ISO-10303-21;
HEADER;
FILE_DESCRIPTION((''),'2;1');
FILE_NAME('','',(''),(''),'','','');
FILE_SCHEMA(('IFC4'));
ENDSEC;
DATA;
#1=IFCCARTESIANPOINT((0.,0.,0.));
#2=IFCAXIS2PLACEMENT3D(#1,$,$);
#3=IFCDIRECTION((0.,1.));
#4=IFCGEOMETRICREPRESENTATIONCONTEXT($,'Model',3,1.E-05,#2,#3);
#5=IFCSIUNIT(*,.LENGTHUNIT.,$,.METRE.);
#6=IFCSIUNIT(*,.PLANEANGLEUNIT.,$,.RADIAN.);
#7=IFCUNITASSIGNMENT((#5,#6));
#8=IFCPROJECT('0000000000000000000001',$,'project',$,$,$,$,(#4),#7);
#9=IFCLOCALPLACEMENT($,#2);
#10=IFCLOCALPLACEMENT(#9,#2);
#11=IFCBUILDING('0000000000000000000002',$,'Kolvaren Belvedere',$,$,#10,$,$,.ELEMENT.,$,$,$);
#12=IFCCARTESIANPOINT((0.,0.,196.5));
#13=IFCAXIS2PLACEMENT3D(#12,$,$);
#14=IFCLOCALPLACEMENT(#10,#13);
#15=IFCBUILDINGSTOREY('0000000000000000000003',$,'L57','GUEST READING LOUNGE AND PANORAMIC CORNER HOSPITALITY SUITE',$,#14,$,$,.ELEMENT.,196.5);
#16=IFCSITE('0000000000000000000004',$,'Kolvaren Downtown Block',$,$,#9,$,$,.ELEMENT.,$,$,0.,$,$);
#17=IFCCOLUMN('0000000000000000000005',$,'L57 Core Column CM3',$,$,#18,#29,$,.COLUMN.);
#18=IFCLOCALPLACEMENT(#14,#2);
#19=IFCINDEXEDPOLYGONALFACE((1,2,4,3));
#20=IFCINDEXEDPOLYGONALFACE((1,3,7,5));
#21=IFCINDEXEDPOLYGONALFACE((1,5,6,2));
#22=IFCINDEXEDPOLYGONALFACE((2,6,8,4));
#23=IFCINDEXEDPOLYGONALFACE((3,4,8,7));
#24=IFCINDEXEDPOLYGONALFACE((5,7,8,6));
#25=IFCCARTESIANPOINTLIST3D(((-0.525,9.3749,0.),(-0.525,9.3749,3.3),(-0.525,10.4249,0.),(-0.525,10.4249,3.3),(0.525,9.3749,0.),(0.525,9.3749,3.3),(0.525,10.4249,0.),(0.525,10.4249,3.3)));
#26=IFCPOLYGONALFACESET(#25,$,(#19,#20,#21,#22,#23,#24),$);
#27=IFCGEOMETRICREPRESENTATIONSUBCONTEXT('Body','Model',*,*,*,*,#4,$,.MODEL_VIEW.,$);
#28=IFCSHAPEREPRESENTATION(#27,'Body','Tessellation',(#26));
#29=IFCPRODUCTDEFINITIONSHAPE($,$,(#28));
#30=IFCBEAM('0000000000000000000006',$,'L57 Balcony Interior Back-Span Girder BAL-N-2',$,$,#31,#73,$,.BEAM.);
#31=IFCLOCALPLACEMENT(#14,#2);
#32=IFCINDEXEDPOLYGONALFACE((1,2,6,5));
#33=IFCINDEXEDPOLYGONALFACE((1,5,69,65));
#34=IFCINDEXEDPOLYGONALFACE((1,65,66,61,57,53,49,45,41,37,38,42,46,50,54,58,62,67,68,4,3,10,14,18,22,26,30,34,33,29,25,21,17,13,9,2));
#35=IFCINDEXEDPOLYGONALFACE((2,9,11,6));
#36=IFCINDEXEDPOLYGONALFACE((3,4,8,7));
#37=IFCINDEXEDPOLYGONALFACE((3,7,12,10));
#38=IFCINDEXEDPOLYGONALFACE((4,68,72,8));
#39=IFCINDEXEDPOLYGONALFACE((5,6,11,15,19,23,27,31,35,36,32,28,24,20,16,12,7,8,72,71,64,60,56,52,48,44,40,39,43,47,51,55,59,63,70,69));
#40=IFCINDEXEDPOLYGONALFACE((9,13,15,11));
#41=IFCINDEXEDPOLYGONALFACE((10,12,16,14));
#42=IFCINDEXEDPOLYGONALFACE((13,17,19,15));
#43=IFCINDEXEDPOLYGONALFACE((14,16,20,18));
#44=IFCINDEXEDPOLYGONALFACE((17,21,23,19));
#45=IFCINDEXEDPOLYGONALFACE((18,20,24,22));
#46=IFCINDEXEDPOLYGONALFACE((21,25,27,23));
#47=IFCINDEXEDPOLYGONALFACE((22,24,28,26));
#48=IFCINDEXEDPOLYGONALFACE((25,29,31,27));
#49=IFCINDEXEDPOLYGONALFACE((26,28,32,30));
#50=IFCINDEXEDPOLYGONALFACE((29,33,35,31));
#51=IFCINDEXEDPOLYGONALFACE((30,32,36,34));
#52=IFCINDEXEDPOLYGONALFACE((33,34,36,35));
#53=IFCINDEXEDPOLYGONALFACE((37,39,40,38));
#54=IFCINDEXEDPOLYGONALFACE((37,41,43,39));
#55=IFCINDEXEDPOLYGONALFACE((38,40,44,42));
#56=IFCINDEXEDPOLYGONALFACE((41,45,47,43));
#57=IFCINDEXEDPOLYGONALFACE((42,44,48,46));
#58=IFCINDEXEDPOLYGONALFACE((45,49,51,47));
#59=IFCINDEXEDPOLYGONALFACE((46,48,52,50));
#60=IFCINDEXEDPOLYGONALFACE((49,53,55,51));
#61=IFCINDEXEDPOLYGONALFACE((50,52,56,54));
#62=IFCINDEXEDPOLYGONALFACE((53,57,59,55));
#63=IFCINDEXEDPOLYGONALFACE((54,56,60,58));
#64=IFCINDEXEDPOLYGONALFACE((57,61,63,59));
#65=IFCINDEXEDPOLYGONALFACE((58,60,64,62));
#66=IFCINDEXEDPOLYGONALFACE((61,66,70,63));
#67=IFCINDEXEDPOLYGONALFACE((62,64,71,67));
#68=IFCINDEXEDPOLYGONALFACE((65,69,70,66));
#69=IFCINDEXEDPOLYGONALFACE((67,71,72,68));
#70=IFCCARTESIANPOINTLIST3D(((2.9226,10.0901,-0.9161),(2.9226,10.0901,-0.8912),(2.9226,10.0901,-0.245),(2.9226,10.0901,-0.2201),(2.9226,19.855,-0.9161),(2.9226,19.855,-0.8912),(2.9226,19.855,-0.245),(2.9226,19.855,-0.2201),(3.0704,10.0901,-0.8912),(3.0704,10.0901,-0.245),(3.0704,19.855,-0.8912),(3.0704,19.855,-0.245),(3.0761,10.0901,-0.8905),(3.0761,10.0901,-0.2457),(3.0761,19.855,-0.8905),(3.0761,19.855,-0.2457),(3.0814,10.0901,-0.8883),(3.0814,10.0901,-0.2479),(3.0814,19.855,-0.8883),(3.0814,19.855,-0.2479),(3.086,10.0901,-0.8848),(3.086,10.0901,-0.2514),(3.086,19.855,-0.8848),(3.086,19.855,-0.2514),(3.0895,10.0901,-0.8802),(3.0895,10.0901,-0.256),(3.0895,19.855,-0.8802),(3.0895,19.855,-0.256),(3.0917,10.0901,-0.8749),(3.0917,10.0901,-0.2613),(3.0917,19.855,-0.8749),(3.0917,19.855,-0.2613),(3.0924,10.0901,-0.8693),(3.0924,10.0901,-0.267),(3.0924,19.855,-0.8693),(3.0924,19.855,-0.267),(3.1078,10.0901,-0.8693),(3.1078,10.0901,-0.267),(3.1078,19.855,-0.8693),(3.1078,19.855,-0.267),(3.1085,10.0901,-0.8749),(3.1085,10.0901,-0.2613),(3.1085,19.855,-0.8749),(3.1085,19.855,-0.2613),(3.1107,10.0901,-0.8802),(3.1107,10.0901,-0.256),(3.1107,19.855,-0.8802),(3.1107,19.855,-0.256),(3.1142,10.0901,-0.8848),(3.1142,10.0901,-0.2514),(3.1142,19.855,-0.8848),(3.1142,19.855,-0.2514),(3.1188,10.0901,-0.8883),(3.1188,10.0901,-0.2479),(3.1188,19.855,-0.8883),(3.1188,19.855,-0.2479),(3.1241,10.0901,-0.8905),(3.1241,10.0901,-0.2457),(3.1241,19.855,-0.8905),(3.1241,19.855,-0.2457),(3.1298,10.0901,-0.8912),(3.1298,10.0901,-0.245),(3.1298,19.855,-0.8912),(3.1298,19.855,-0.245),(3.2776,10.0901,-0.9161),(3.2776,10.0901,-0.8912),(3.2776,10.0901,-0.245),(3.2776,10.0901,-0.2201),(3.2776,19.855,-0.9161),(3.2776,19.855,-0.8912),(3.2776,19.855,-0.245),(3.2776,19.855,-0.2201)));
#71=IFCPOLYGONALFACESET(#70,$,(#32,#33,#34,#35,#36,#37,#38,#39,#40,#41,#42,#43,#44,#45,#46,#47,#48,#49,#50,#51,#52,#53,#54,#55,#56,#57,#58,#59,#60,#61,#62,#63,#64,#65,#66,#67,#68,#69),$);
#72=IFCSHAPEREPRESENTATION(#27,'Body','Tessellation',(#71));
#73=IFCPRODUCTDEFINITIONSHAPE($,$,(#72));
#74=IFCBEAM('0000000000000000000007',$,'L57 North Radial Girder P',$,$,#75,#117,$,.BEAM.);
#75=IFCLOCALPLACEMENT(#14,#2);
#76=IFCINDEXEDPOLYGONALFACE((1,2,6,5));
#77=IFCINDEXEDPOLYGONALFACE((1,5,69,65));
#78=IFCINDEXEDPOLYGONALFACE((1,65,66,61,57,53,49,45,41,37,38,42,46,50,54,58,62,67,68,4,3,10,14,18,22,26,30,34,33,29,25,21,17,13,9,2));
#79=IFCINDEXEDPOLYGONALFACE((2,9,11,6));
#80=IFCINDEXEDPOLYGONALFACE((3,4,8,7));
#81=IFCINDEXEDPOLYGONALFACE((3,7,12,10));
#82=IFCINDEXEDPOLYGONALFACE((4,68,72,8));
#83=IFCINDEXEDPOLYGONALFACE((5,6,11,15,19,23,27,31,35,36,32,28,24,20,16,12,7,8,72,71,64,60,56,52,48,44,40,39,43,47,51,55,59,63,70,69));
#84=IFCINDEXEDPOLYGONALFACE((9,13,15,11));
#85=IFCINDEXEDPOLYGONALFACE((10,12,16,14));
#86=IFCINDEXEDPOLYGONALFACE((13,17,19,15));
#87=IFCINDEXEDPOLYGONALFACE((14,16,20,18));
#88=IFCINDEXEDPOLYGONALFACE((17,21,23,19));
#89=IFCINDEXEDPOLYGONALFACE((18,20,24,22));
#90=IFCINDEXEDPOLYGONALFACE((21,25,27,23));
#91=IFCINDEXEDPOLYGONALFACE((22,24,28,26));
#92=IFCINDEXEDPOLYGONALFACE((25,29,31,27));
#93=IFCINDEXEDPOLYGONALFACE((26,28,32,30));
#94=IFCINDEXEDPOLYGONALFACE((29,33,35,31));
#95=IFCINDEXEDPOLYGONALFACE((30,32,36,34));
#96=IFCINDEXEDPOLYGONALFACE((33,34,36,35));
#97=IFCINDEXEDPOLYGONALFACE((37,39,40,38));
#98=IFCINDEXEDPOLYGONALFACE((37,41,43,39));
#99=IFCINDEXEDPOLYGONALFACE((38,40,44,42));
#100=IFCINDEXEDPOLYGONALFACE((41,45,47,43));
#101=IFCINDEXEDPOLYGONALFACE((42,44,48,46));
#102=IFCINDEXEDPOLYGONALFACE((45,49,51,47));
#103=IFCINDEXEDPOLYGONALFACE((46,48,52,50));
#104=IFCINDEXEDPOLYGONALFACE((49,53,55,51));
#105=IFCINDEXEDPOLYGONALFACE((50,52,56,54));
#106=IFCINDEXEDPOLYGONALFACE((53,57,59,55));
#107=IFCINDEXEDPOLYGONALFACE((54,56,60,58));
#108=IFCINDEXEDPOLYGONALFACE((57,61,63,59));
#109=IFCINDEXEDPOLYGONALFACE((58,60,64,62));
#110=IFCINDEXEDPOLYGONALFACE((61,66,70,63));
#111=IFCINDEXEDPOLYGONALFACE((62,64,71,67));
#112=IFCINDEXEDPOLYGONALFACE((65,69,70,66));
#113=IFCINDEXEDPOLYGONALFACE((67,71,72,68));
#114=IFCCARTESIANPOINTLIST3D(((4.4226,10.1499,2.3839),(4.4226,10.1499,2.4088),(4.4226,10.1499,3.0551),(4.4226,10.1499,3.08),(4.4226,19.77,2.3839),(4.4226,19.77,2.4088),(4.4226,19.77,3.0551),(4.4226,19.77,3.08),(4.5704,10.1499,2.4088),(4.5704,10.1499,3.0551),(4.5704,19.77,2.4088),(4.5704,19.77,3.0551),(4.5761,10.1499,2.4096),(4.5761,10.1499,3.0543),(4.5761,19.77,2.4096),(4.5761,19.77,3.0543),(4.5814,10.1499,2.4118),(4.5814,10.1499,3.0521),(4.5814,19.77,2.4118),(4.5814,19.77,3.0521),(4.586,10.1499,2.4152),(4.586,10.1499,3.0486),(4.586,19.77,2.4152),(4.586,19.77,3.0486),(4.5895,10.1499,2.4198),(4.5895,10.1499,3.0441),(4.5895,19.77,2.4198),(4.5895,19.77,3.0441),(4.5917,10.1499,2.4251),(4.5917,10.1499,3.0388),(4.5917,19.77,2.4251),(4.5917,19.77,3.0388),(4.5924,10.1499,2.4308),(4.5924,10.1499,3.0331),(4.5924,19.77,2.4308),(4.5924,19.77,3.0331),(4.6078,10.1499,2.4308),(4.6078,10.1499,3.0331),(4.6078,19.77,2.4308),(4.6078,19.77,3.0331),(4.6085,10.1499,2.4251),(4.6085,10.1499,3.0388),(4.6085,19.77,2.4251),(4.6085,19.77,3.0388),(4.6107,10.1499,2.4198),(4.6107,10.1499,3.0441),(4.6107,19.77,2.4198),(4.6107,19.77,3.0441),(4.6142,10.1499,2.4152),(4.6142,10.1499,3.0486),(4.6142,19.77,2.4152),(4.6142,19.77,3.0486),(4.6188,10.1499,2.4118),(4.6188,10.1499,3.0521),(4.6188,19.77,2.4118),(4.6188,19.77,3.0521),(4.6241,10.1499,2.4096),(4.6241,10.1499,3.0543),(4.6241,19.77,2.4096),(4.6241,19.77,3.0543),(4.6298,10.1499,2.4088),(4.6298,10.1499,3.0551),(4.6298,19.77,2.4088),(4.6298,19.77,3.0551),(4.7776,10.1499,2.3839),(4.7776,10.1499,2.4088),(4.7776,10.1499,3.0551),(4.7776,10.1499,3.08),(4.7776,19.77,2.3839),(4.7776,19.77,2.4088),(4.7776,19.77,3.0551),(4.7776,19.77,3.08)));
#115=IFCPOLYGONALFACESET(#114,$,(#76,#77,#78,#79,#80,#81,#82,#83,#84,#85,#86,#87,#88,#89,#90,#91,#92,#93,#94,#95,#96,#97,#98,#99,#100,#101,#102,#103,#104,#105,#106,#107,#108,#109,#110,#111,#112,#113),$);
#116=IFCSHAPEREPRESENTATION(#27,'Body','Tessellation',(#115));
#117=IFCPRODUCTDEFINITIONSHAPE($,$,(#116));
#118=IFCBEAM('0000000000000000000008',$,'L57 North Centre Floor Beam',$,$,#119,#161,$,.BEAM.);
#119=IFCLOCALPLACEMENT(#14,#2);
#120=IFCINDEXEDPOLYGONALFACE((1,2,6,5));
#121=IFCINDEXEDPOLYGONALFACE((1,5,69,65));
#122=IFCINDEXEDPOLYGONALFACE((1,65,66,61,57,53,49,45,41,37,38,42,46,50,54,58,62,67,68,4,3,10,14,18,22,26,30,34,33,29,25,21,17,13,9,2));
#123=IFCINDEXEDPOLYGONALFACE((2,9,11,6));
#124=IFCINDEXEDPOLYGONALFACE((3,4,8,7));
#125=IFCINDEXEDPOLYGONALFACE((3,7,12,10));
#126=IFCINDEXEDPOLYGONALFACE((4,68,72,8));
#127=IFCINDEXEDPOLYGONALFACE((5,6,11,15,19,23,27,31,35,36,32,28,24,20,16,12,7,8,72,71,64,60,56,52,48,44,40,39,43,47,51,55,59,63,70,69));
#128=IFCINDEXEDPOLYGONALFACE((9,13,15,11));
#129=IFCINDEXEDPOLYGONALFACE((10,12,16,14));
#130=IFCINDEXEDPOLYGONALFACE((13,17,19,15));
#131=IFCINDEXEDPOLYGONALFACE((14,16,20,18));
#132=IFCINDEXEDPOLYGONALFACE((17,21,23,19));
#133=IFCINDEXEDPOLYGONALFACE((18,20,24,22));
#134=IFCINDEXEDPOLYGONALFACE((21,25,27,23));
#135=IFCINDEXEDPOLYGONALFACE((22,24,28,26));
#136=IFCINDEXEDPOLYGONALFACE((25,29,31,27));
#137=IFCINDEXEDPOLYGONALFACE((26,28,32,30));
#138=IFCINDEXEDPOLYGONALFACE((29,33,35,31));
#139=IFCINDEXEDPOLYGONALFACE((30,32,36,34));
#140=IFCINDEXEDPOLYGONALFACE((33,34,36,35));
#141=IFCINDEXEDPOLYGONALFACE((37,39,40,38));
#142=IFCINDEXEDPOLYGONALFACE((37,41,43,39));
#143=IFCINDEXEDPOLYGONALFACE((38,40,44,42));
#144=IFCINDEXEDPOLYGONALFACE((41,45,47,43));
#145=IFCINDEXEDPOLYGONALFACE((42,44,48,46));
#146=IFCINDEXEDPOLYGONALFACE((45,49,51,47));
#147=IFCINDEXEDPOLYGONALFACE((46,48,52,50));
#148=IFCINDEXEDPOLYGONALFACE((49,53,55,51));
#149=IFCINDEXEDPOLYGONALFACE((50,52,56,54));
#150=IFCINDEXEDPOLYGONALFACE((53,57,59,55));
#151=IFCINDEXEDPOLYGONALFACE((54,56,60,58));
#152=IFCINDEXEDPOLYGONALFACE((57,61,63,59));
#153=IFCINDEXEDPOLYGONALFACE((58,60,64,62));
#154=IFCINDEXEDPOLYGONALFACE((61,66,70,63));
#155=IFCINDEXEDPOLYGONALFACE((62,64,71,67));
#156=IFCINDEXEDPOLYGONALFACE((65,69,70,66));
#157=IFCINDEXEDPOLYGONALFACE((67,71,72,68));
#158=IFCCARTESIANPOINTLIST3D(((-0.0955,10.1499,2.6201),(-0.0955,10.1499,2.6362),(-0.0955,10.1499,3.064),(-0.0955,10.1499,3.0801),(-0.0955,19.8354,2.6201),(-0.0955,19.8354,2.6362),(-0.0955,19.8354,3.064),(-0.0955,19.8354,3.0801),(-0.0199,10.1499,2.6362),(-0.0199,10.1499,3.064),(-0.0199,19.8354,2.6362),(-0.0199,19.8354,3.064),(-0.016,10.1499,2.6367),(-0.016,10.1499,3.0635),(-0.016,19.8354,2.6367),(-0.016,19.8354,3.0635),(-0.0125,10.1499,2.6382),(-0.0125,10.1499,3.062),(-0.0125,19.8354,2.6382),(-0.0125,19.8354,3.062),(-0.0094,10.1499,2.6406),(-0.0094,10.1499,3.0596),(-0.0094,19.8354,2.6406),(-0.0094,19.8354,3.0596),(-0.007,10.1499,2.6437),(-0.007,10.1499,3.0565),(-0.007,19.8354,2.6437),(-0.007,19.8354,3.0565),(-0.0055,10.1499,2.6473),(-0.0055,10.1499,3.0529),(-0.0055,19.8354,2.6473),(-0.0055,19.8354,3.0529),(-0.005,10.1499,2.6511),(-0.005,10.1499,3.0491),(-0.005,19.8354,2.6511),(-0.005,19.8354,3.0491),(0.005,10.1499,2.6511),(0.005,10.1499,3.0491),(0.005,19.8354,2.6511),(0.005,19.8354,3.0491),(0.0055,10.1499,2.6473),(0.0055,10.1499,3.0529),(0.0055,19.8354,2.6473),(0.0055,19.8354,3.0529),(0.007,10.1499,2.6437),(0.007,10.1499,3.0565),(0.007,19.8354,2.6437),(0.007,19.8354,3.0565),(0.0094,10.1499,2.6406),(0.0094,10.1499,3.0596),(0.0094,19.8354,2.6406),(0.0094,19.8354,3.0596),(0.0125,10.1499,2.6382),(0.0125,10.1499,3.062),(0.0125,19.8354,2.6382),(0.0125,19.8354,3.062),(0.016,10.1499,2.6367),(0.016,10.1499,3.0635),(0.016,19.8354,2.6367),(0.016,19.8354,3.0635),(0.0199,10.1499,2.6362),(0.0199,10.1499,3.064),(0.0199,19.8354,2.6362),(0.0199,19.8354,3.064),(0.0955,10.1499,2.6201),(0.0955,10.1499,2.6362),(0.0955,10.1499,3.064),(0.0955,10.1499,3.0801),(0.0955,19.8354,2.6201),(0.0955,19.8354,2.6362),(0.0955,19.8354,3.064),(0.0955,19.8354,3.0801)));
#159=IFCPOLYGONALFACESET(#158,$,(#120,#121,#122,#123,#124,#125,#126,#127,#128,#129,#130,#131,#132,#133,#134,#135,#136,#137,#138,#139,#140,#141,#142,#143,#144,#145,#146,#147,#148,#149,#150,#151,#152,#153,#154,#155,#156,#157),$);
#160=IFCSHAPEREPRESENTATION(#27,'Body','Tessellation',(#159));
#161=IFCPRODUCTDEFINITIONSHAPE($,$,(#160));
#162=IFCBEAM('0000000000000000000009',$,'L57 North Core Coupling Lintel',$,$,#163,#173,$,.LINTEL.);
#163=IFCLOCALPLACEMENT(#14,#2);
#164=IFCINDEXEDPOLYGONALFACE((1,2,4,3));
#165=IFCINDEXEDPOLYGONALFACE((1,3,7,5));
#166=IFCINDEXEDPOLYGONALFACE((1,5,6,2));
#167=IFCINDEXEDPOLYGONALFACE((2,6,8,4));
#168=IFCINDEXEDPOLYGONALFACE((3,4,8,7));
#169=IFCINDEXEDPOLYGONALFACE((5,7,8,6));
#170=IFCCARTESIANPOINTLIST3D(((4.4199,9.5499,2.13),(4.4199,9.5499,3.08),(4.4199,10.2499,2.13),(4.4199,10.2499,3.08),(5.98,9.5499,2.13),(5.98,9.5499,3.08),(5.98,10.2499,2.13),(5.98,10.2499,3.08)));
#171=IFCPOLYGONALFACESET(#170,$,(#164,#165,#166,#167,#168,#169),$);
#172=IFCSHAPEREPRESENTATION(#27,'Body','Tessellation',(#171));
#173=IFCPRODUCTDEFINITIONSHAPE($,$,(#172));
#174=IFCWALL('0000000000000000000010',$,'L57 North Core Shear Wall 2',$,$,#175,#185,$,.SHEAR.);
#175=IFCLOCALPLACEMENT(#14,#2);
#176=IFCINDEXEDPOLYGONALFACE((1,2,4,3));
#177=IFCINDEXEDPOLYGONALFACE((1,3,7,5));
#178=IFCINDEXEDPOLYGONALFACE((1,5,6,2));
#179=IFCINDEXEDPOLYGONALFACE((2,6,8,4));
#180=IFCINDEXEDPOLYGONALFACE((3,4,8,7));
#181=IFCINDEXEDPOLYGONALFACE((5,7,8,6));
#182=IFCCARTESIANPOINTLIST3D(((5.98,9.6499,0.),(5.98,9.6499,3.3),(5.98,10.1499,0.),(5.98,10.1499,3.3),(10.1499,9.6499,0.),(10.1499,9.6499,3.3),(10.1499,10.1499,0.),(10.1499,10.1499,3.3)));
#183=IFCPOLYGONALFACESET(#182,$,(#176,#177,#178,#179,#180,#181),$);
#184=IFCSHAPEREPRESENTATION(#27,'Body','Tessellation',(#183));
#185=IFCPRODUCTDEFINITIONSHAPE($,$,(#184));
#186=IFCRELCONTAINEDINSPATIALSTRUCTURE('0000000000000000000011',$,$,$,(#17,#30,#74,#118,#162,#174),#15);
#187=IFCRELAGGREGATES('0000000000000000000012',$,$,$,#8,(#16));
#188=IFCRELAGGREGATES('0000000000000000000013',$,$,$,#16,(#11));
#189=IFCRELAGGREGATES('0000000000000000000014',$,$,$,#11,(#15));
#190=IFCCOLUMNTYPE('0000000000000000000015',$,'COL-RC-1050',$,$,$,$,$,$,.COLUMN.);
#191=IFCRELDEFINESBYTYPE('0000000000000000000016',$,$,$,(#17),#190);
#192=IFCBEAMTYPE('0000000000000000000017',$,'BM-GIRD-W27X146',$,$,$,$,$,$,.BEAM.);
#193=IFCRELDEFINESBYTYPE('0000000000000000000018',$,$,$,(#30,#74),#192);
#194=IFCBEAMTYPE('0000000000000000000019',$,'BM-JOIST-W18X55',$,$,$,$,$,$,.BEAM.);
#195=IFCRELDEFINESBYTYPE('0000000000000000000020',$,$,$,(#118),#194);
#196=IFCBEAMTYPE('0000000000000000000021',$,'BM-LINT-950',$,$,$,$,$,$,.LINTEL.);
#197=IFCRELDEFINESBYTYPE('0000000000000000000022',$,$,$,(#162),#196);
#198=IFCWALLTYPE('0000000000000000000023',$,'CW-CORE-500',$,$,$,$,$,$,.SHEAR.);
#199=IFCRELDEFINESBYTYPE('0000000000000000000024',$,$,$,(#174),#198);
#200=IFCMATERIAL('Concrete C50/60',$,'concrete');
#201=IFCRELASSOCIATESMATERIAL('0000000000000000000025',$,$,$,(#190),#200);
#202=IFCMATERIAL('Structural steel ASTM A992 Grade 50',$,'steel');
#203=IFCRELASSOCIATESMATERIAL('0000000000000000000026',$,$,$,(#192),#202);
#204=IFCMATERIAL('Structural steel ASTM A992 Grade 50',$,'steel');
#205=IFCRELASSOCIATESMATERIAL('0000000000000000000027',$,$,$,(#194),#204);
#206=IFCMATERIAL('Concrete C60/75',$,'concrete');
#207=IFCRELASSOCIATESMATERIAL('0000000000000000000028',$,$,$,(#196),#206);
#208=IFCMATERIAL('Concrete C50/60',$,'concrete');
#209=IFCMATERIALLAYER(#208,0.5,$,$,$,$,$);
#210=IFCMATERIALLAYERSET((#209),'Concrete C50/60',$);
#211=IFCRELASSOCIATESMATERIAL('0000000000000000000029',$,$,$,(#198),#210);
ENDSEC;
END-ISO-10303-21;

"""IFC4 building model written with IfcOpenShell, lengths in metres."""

from ifc_helpers import new_model, si_unit, direction, frame, frame_2d, origin, origin_2d, place, context, subcontext, project, spatial, rectangle, i_section, extrude, material, layer, layer_set, material_profile, profile_set, type_object, element, save


model = new_model("IFC4")

# Units and contexts
model_context = context("Model", 3, precision=1e-05, world=origin(), true_north=direction((0.0, 1.0)))
body_context = subcontext(model_context, "Body", "Model", "MODEL_VIEW")
ifc_project = project(units=[si_unit("LENGTHUNIT", "METRE"), si_unit("PLANEANGLEUNIT", "RADIAN")], contexts=[model_context])

# Site, building, storey
site_placement = place(None, origin())
site = spatial("IfcSite", under=ifc_project, at=site_placement, Name="Kolvaren Downtown Block", CompositionType="ELEMENT", RefElevation=0.0)
building_placement = place(site_placement, origin())
building = spatial("IfcBuilding", under=site, at=building_placement, Name="Kolvaren Belvedere", CompositionType="ELEMENT")
storey_placement = place(building_placement, frame((0.0, 0.0, 196.5)))
storey = spatial("IfcBuildingStorey", under=building, at=storey_placement, Name="L57", Description="GUEST READING LOUNGE AND PANORAMIC CORNER HOSPITALITY SUITE", CompositionType="ELEMENT", Elevation=196.5)

# Column
ifc_material_1 = material(Name="Concrete C50/60", Category="concrete")
ifc_material_profile_1 = material_profile(ifc_material_1, rectangle(XDim=1.05, YDim=1.05, at=origin_2d()), Name="RC 1050X1050")
ifc_profile_set_1 = profile_set([ifc_material_profile_1], Name="Concrete C50/60")
column_type = type_object("IfcColumnType", Name="COL-RC-1050", PredefinedType="COLUMN", material=ifc_profile_set_1)
column_placement = place(storey_placement, frame((0.0, 9.8999, 0.0), z_axis=(0.0, 0.0, 1.0), x_axis=(1.0, 0.0, 0.0)))
element("IfcColumn", 1, at=column_placement, inside=storey, type_object=column_type, Name="L57 Core Column CM3", PredefinedType="COLUMN", context=body_context, shape_type="SweptSolid", body=[
    extrude(rectangle(XDim=1.05, YDim=1.05, at=origin_2d()), origin(), (0.0, 0.0, 1.0), 3.3),
])

# Beams
ifc_material_2 = material(Name="Structural steel ASTM A992 Grade 50", Category="steel")
ifc_material_profile_2 = material_profile(ifc_material_2, i_section(OverallWidth=0.355, OverallDepth=0.696, WebThickness=0.0154, FlangeThickness=0.0249, FilletRadius=0.022, at=origin_2d()), Name="W27X146")
ifc_profile_set_2 = profile_set([ifc_material_profile_2], Name="Structural steel ASTM A992 Grade 50")
beam_type_1 = type_object("IfcBeamType", Name="BM-GIRD-W27X146", PredefinedType="BEAM", material=ifc_profile_set_2)
beam_1_placement = place(storey_placement, frame((3.1001, 10.0901, -0.5681), z_axis=(0.0, 1.0, 0.0), x_axis=(-1.0, 0.0, 0.0)))
element("IfcBeam", 2, at=beam_1_placement, inside=storey, type_object=beam_type_1, Name="L57 Balcony Interior Back-Span Girder BAL-N-2", PredefinedType="BEAM", context=body_context, shape_type="SweptSolid", body=[
    extrude(i_section(OverallWidth=0.355, OverallDepth=0.696, WebThickness=0.0154, FlangeThickness=0.0249, FilletRadius=0.022, at=origin_2d()), origin(), (0.0, 0.0, 1.0), 9.7649),
])
beam_2_placement = place(storey_placement, frame((4.6001, 10.1499, 2.7319), z_axis=(0.0, 1.0, 0.0), x_axis=(-1.0, 0.0, 0.0)))
element("IfcBeam", 3, at=beam_2_placement, inside=storey, type_object=beam_type_1, Name="L57 North Radial Girder P", PredefinedType="BEAM", context=body_context, shape_type="SweptSolid", body=[
    extrude(i_section(OverallWidth=0.355, OverallDepth=0.696, WebThickness=0.0154, FlangeThickness=0.0249, FilletRadius=0.022, at=origin_2d()), origin(), (0.0, 0.0, 1.0), 9.6201),
])
ifc_material_3 = material(Name="Structural steel ASTM A992 Grade 50", Category="steel")
ifc_material_profile_3 = material_profile(ifc_material_3, i_section(OverallWidth=0.1909, OverallDepth=0.46, WebThickness=0.01, FlangeThickness=0.0161, FilletRadius=0.0149, at=origin_2d()), Name="W18X55")
ifc_profile_set_3 = profile_set([ifc_material_profile_3], Name="Structural steel ASTM A992 Grade 50")
beam_type_2 = type_object("IfcBeamType", Name="BM-JOIST-W18X55", PredefinedType="BEAM", material=ifc_profile_set_3)
beam_3_placement = place(storey_placement, frame((0.0, 10.1499, 2.8501), z_axis=(0.0, 1.0, 0.0), x_axis=(-1.0, 0.0, 0.0)))
element("IfcBeam", 4, at=beam_3_placement, inside=storey, type_object=beam_type_2, Name="L57 North Centre Floor Beam", PredefinedType="BEAM", context=body_context, shape_type="SweptSolid", body=[
    extrude(i_section(OverallWidth=0.1909, OverallDepth=0.46, WebThickness=0.01, FlangeThickness=0.0161, FilletRadius=0.0149, at=origin_2d()), origin(), (0.0, 0.0, 1.0), 9.6855),
])
ifc_material_4 = material(Name="Concrete C60/75", Category="concrete")
ifc_material_profile_4 = material_profile(ifc_material_4, rectangle(XDim=0.7, YDim=0.95, at=origin_2d()), Name="RC 700X950")
ifc_profile_set_4 = profile_set([ifc_material_profile_4], Name="Concrete C60/75")
beam_type_3 = type_object("IfcBeamType", Name="BM-LINT-950", PredefinedType="LINTEL", material=ifc_profile_set_4)
beam_4_placement = place(storey_placement, frame((4.4199, 9.8999, 2.605), z_axis=(1.0, 0.0, 0.0), x_axis=(0.0, 1.0, 0.0)))
element("IfcBeam", 5, at=beam_4_placement, inside=storey, type_object=beam_type_3, Name="L57 North Core Coupling Lintel", PredefinedType="LINTEL", context=body_context, shape_type="SweptSolid", body=[
    extrude(rectangle(XDim=0.7, YDim=0.95, at=origin_2d()), origin(), (0.0, 0.0, 1.0), 1.5601),
])

# Wall
ifc_material_5 = material(Name="Concrete C50/60", Category="concrete")
ifc_layer_1 = layer(ifc_material_5, 0.5)
ifc_layer_set_1 = layer_set([ifc_layer_1], Name="Concrete C50/60")
wall_type_1 = type_object("IfcWallType", Name="CW-CORE-500", PredefinedType="SHEAR", material=ifc_layer_set_1)
wall_1_placement = place(storey_placement, frame((5.98, 9.8999, 0.0), z_axis=(0.0, 0.0, 1.0), x_axis=(1.0, 0.0, 0.0)))
element("IfcWall", 6, at=wall_1_placement, inside=storey, type_object=wall_type_1, Name="L57 North Core Shear Wall 2", PredefinedType="SHEAR", context=body_context, shape_type="SweptSolid", body=[
    extrude(rectangle(XDim=4.1699, YDim=0.5, at=frame_2d((2.085, 0.0))), origin(), (0.0, 0.0, 1.0), 3.3),
])

save(model, "model.ifc")
